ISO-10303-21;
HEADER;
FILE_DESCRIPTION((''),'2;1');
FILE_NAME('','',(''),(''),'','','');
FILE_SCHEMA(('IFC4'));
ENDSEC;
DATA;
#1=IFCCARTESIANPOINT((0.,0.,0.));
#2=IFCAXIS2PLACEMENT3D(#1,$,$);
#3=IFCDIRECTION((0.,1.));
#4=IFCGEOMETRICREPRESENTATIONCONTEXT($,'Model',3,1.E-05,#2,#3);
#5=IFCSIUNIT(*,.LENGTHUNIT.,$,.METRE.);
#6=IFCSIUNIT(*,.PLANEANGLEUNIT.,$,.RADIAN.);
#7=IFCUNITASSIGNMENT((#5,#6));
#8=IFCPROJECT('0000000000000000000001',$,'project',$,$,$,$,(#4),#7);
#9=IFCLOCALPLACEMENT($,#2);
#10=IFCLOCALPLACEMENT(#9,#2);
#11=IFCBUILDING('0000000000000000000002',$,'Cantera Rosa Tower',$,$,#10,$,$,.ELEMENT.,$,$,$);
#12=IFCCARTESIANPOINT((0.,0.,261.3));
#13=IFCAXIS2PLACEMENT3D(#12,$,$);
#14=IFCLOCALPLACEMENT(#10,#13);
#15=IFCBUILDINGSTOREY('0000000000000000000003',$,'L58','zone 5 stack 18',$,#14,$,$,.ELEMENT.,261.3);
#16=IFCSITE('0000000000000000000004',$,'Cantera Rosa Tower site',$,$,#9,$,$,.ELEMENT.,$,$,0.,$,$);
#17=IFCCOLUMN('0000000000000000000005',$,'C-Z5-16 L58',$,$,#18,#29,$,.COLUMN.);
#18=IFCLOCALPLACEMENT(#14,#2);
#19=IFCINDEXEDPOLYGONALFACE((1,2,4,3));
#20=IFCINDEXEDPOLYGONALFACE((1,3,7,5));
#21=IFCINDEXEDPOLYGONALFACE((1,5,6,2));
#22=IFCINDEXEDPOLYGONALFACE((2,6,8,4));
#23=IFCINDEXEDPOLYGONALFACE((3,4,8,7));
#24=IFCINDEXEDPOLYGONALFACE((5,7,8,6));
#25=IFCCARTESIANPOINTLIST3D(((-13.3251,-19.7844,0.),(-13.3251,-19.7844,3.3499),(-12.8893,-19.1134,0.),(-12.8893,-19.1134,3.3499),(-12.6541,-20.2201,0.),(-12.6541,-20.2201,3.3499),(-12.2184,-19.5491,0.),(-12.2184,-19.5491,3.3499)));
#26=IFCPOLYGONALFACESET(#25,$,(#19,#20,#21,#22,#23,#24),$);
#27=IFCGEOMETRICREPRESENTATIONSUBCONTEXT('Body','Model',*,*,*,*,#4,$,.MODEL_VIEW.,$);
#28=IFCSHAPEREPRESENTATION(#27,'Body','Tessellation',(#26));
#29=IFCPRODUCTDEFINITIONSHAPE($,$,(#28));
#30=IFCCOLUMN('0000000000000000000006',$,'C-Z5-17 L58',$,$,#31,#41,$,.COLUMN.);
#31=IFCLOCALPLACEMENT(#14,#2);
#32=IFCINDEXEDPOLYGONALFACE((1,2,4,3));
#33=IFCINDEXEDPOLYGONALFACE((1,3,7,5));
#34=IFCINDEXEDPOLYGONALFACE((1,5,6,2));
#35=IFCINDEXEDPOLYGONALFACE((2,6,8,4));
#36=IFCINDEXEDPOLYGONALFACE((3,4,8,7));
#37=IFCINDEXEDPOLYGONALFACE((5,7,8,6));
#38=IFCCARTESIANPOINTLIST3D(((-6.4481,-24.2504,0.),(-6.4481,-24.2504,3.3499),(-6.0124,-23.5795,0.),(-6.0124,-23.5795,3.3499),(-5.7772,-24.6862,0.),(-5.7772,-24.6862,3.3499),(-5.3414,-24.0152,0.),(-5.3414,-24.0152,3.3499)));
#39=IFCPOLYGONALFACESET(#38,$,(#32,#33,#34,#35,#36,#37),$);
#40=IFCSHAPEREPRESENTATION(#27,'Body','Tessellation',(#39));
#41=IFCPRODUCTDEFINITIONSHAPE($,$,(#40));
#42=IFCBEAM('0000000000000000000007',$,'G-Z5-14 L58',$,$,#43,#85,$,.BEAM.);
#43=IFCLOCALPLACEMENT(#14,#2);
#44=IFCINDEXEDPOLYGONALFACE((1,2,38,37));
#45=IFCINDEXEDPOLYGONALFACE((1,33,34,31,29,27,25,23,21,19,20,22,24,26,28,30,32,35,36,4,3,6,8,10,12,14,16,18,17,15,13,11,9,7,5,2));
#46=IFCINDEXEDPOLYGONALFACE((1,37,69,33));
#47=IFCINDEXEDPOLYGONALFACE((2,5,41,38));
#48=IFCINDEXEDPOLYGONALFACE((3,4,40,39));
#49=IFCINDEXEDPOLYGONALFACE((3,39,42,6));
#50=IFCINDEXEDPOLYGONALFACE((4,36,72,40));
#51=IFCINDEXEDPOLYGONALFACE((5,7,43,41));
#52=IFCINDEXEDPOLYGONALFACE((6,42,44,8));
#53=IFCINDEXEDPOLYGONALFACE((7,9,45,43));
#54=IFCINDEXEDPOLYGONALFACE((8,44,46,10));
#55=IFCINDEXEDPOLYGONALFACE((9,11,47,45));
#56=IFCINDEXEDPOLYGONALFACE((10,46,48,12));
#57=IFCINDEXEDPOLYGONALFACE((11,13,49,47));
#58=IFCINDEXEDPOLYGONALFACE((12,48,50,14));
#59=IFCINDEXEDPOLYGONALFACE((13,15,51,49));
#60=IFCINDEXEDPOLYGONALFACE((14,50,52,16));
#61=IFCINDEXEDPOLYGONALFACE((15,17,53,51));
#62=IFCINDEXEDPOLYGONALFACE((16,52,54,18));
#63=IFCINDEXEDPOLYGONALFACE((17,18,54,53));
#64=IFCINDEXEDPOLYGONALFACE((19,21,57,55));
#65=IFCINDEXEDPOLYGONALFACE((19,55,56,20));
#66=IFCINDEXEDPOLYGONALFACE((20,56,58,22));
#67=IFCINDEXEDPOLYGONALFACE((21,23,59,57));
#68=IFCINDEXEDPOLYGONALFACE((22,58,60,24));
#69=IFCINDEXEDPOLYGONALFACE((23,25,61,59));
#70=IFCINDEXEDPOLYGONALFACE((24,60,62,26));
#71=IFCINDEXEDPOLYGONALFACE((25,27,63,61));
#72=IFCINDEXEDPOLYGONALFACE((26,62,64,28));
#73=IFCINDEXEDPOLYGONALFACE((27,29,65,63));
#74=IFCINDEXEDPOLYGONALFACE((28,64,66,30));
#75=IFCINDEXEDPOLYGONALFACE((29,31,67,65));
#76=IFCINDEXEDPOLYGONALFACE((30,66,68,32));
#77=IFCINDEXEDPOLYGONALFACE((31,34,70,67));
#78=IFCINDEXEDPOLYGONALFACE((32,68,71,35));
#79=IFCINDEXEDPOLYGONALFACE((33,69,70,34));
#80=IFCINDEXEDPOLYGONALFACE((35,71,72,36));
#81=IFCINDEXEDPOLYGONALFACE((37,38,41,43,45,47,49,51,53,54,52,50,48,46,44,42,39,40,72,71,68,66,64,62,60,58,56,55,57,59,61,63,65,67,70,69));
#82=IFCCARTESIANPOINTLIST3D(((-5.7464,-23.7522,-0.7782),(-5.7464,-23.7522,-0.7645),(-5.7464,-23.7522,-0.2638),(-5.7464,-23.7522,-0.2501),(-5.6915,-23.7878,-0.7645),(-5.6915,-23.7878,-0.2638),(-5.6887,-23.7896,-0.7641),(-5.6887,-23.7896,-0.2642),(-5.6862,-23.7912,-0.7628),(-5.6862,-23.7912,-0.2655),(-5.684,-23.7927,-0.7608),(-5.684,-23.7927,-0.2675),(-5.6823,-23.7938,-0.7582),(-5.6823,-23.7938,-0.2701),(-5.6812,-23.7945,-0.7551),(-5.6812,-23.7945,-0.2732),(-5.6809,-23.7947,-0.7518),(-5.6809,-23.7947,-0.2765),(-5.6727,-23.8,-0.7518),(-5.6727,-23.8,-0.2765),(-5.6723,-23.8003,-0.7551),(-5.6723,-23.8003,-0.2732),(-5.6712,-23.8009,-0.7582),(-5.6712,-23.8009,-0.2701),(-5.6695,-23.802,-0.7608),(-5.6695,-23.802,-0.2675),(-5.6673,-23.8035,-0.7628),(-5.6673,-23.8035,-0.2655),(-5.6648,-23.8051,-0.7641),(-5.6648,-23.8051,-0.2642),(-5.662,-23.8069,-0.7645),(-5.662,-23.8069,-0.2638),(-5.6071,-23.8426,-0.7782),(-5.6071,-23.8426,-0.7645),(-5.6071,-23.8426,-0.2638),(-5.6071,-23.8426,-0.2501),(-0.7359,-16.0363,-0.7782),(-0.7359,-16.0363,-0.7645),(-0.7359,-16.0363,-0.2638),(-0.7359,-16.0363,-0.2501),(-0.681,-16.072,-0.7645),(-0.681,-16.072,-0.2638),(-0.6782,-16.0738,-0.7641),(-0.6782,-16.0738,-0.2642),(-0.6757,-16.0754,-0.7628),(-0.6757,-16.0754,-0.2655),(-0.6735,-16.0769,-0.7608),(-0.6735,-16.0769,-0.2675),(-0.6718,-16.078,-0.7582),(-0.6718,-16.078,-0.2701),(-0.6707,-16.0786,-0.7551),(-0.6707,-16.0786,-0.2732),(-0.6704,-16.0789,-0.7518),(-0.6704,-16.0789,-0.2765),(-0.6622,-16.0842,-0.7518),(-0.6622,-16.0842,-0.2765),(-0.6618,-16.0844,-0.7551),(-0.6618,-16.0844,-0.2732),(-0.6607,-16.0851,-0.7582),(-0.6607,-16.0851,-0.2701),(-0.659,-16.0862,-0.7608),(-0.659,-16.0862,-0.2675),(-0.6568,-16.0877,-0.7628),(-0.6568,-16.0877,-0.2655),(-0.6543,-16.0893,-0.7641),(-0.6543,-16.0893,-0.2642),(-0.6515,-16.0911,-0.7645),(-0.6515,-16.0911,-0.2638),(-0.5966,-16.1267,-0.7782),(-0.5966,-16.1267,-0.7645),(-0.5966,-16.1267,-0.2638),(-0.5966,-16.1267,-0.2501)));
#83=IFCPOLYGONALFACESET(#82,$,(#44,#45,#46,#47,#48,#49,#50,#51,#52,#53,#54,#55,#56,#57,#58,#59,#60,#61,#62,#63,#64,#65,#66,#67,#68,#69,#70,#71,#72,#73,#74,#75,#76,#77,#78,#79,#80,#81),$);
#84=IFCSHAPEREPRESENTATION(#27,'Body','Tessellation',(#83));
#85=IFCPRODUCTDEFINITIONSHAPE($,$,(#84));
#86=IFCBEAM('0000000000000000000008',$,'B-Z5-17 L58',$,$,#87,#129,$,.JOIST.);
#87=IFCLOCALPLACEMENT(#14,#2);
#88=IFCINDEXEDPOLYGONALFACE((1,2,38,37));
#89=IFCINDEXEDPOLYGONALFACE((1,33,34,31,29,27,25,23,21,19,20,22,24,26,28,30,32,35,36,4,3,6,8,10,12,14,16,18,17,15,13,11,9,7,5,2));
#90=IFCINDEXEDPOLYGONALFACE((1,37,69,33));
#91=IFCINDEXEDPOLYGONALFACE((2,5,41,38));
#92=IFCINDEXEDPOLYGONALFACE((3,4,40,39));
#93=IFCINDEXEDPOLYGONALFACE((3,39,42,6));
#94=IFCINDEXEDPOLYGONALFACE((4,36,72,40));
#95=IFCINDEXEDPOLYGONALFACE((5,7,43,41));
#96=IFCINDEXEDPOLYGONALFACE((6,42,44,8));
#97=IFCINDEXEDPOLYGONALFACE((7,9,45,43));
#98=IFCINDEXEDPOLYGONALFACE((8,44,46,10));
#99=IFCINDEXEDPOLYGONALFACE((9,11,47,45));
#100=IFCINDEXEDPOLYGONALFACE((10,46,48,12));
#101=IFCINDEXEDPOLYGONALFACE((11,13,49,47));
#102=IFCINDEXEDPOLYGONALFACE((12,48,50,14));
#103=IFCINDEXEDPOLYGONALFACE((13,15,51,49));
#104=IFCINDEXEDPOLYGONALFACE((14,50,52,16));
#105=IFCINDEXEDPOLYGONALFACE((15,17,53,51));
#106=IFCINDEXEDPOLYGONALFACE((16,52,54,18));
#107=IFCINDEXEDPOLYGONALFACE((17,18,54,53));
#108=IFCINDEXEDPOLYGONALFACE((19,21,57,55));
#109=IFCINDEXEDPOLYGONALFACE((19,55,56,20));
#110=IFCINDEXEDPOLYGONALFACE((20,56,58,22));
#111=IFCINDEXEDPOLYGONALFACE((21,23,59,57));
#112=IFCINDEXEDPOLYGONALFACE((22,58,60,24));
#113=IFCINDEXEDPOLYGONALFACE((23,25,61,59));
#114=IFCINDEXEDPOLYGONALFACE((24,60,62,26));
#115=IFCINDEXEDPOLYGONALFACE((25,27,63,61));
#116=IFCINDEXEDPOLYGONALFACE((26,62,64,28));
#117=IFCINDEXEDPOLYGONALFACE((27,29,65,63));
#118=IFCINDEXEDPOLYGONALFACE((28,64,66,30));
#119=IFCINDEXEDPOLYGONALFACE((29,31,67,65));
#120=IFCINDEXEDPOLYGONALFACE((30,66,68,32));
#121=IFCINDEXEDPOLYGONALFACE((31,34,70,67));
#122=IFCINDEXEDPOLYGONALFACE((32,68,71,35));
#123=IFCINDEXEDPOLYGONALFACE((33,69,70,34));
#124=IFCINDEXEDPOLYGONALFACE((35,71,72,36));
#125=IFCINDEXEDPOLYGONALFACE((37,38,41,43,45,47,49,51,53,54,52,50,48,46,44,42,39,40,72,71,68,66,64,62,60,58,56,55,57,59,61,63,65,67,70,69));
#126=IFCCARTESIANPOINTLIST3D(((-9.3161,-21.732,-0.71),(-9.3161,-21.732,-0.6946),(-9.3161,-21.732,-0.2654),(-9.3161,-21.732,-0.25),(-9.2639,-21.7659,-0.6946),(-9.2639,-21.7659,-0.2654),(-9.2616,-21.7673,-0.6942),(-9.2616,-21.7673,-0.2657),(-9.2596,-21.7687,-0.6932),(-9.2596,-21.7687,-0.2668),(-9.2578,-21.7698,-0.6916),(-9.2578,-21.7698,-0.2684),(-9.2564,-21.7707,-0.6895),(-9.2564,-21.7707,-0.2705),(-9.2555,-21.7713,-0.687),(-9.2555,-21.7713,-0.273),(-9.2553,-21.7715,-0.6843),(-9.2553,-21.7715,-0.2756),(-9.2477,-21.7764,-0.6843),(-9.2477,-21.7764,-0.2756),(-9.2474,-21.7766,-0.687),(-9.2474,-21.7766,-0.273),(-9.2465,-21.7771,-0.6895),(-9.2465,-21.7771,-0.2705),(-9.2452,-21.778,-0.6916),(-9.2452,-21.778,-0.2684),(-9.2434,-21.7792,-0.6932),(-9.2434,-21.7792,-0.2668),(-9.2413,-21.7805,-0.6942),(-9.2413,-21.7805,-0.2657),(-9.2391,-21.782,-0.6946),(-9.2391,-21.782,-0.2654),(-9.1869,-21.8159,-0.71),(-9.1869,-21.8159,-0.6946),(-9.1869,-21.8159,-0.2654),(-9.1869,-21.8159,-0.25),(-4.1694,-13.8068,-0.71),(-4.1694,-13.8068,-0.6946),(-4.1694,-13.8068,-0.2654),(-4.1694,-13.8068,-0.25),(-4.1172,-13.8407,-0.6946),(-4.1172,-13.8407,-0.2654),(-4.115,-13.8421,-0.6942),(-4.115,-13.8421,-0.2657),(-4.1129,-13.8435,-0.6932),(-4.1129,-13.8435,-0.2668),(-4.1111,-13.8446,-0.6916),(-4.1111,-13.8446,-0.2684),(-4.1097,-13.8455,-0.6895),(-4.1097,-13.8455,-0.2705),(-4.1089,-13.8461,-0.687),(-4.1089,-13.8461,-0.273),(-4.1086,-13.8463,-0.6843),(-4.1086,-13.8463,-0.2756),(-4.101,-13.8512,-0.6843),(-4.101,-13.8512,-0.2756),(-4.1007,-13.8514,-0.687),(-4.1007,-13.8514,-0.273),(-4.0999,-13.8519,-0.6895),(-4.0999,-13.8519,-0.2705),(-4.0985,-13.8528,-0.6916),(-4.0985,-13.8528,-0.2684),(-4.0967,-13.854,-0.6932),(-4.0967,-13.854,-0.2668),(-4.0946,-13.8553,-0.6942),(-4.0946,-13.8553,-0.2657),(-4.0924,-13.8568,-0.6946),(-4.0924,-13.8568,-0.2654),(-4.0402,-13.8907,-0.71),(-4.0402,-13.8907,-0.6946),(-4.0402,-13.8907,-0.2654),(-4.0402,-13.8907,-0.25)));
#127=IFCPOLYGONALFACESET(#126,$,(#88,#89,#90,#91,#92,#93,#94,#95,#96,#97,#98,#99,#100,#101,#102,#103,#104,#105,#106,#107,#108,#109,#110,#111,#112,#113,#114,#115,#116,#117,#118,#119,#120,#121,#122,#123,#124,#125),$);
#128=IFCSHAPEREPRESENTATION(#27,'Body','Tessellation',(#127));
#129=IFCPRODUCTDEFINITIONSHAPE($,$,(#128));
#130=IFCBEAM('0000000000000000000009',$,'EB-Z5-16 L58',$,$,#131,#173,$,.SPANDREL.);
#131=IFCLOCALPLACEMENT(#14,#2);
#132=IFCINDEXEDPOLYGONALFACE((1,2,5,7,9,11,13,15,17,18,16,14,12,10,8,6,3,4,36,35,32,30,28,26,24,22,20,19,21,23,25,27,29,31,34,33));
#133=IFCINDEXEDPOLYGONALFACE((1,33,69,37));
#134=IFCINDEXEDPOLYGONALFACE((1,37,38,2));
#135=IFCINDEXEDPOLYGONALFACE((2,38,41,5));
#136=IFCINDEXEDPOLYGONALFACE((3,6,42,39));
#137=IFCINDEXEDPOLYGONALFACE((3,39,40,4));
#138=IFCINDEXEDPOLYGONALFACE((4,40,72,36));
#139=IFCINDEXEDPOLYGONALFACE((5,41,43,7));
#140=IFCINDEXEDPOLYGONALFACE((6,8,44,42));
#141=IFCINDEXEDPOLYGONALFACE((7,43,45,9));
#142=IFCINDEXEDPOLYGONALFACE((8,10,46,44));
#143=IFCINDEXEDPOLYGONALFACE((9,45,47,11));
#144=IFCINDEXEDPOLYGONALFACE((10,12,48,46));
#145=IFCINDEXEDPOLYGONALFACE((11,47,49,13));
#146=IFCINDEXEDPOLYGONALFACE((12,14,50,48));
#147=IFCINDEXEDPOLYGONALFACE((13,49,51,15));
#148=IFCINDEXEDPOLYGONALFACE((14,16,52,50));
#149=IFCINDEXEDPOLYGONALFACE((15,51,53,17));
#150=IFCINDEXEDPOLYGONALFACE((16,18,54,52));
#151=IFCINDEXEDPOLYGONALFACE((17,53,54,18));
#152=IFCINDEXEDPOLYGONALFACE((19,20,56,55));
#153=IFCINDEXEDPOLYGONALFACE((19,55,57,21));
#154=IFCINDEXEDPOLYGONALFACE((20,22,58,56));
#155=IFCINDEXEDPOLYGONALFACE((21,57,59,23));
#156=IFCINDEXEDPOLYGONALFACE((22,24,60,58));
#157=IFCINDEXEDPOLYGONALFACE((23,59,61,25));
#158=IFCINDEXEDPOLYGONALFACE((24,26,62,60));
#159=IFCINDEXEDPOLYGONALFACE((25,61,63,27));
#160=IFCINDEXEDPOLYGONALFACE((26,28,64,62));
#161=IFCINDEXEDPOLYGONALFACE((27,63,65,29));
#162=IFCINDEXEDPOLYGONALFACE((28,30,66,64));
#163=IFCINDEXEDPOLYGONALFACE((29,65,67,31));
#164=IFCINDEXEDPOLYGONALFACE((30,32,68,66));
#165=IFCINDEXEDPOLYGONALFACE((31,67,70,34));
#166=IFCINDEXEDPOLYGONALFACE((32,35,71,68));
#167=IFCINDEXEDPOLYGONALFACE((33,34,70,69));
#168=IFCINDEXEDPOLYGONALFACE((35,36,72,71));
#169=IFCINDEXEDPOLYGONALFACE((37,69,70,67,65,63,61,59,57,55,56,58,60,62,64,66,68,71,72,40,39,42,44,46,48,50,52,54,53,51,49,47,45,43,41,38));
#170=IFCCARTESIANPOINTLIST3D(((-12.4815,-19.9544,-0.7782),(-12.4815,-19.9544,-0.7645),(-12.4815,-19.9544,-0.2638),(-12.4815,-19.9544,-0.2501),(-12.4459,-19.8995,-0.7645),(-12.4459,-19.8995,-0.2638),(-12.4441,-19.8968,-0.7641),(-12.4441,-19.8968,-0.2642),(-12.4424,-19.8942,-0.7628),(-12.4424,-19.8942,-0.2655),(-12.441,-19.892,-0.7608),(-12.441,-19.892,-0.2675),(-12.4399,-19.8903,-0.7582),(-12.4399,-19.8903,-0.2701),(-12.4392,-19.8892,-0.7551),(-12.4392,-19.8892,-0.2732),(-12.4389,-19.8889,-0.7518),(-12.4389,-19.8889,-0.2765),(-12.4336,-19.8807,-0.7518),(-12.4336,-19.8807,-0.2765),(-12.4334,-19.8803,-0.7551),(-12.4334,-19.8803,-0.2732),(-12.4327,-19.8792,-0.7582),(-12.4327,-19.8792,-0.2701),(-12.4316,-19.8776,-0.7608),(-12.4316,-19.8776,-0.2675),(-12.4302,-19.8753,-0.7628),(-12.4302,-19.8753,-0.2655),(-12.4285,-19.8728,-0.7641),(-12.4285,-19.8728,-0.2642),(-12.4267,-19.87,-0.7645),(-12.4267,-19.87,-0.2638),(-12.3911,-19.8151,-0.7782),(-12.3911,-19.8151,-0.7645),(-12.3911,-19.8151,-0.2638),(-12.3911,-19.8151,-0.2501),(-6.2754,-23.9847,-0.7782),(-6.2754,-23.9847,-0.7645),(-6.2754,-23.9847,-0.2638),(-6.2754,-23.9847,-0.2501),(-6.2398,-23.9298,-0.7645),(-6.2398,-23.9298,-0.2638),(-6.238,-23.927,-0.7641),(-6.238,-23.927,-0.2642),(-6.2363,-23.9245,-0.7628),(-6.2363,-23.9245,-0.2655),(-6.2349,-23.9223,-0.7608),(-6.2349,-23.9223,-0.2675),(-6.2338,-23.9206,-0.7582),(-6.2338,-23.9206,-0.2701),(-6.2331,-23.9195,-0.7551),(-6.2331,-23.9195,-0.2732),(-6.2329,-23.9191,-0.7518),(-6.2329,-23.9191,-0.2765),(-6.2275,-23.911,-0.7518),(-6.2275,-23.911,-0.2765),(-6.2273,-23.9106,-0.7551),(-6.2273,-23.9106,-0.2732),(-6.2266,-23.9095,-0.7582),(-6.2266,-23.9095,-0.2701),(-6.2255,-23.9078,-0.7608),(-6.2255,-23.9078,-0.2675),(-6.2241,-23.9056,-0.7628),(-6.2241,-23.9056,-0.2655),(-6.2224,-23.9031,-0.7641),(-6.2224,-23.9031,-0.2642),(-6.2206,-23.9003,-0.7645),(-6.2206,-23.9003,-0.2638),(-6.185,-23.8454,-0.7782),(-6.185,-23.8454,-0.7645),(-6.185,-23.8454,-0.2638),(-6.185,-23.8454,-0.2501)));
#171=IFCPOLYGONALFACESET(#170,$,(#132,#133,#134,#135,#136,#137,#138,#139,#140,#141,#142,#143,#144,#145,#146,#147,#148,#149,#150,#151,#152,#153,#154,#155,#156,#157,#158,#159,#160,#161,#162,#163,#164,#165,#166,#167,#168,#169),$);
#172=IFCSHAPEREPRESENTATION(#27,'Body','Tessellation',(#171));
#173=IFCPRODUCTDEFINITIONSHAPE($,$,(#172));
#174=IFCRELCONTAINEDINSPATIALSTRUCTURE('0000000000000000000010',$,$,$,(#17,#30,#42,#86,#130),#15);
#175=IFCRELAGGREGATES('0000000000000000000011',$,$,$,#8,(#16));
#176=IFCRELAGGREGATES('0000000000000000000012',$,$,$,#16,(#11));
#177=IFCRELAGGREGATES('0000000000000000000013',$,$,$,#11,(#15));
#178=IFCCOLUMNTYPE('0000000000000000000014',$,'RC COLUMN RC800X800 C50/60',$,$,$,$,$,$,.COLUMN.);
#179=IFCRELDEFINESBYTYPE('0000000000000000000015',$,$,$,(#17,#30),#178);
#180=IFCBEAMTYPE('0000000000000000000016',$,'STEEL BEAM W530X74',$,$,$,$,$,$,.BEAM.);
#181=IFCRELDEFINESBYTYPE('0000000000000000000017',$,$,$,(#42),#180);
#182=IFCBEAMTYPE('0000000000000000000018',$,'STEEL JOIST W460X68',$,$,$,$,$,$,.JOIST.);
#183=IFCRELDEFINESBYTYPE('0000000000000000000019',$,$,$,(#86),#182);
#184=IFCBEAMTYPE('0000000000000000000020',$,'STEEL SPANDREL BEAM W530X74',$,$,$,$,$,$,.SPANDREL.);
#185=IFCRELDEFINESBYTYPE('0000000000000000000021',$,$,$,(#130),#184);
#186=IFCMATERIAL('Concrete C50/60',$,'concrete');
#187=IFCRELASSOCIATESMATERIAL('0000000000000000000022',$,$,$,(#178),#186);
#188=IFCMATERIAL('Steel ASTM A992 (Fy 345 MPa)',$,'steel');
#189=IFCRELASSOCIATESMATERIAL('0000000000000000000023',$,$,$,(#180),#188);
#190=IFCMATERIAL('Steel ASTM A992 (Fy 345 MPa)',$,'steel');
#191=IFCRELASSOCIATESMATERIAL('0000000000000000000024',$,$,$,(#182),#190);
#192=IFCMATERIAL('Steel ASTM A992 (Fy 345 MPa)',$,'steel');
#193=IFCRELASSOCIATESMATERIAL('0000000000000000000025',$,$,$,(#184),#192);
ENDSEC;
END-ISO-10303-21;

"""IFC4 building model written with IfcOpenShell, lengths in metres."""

from ifc_helpers import new_model, si_unit, direction, frame, origin, origin_2d, place, context, subcontext, project, spatial, rectangle, i_section, extrude, material, material_profile, profile_set, type_object, element, save


model = new_model("IFC4")

# Units and contexts
model_context = context("Model", 3, precision=1e-05, world=origin(), true_north=direction((0.0, 1.0)))
body_context = subcontext(model_context, "Body", "Model", "MODEL_VIEW")
ifc_project = project(units=[si_unit("LENGTHUNIT", "METRE"), si_unit("PLANEANGLEUNIT", "RADIAN")], contexts=[model_context])

# Site, building, storey
site_placement = place(None, origin())
site = spatial("IfcSite", under=ifc_project, at=site_placement, Name="Cantera Rosa Tower site", CompositionType="ELEMENT", RefElevation=0.0)
building_placement = place(site_placement, origin())
building = spatial("IfcBuilding", under=site, at=building_placement, Name="Cantera Rosa Tower", CompositionType="ELEMENT")
storey_placement = place(building_placement, frame((0.0, 0.0, 261.3)))
storey = spatial("IfcBuildingStorey", under=building, at=storey_placement, Name="L58", Description="zone 5 stack 18", CompositionType="ELEMENT", Elevation=261.3)

# Columns
ifc_material_1 = material(Name="Concrete C50/60", Category="concrete")
ifc_material_profile_1 = material_profile(ifc_material_1, rectangle(XDim=0.8, YDim=0.8, at=origin_2d()), Name="RC COLUMN RC800X800 C50/60")
ifc_profile_set_1 = profile_set([ifc_material_profile_1], Name="Concrete C50/60")
column_type = type_object("IfcColumnType", Name="RC COLUMN RC800X800 C50/60", PredefinedType="COLUMN", material=ifc_profile_set_1)
for number, where, z_axis, x_axis, name in (
    (1, (-12.7717, -19.6667, 0.0), (0.0, 0.0, 1.0), (0.544639, 0.838671, 0.0), "C-Z5-16 L58"),
    (2, (-5.8948, -24.1328, 0.0), (0.0, 0.0, 1.0), (0.544639, 0.838671, 0.0), "C-Z5-17 L58"),
):
    element("IfcColumn", number, at=place(storey_placement, frame(where, z_axis=z_axis, x_axis=x_axis)), inside=storey, type_object=column_type, Name=name, PredefinedType="COLUMN", context=body_context, shape_type="SweptSolid", body=[
        extrude(rectangle(XDim=0.8, YDim=0.8, at=origin_2d()), origin(), (0.0, 0.0, 1.0), 3.3499),
    ])

# Beams
ifc_material_2 = material(Name="Steel ASTM A992 (Fy 345 MPa)", Category="steel")
ifc_material_profile_2 = material_profile(ifc_material_2, i_section(OverallWidth=0.166, OverallDepth=0.5281, WebThickness=0.0098, FlangeThickness=0.0137, FilletRadius=0.0127, at=origin_2d()), Name="W530X74")
ifc_profile_set_2 = profile_set([ifc_material_profile_2], Name="Steel ASTM A992 (Fy 345 MPa)")
beam_type_1 = type_object("IfcBeamType", Name="STEEL BEAM W530X74", PredefinedType="BEAM", material=ifc_profile_set_2)
beam_1_placement = place(storey_placement, frame((-5.6768, -23.7974, -0.5142), z_axis=(0.544623, 0.838681, 0.0), x_axis=(-0.838681, 0.544623, 0.0)))
element("IfcBeam", 3, at=beam_1_placement, inside=storey, type_object=beam_type_1, Name="G-Z5-14 L58", PredefinedType="BEAM", context=body_context, shape_type="SweptSolid", body=[
    extrude(i_section(OverallWidth=0.166, OverallDepth=0.5281, WebThickness=0.0098, FlangeThickness=0.0137, FilletRadius=0.0127, at=origin_2d()), origin(), (0.0, 0.0, 1.0), 9.2),
])
ifc_material_3 = material(Name="Steel ASTM A992 (Fy 345 MPa)", Category="steel")
ifc_material_profile_3 = material_profile(ifc_material_3, i_section(OverallWidth=0.1541, OverallDepth=0.46, WebThickness=0.009, FlangeThickness=0.0154, FilletRadius=0.0103, at=origin_2d()), Name="W460X68")
ifc_profile_set_3 = profile_set([ifc_material_profile_3], Name="Steel ASTM A992 (Fy 345 MPa)")
beam_type_2 = type_object("IfcBeamType", Name="STEEL JOIST W460X68", PredefinedType="JOIST", material=ifc_profile_set_3)
beam_2_placement = place(storey_placement, frame((-9.2515, -21.7739, -0.48), z_axis=(0.544638, 0.838671, 0.0), x_axis=(-0.838671, 0.544638, 0.0)))
element("IfcBeam", 4, at=beam_2_placement, inside=storey, type_object=beam_type_2, Name="B-Z5-17 L58", PredefinedType="JOIST", context=body_context, shape_type="SweptSolid", body=[
    extrude(i_section(OverallWidth=0.1541, OverallDepth=0.46, WebThickness=0.009, FlangeThickness=0.0154, FilletRadius=0.0103, at=origin_2d()), origin(), (0.0, 0.0, 1.0), 9.4497),
])
ifc_material_4 = material(Name="Steel ASTM A992 (Fy 345 MPa)", Category="steel")
ifc_material_profile_4 = material_profile(ifc_material_4, i_section(OverallWidth=0.166, OverallDepth=0.5281, WebThickness=0.0098, FlangeThickness=0.0137, FilletRadius=0.0127, at=origin_2d()), Name="W530X74")
ifc_profile_set_4 = profile_set([ifc_material_profile_4], Name="Steel ASTM A992 (Fy 345 MPa)")
beam_type_3 = type_object("IfcBeamType", Name="STEEL SPANDREL BEAM W530X74", PredefinedType="SPANDREL", material=ifc_profile_set_4)
beam_3_placement = place(storey_placement, frame((-12.4363, -19.8848, -0.5142), z_axis=(0.83867, -0.54464, 0.0), x_axis=(0.54464, 0.83867, 0.0)))
element("IfcBeam", 5, at=beam_3_placement, inside=storey, type_object=beam_type_3, Name="EB-Z5-16 L58", PredefinedType="SPANDREL", context=body_context, shape_type="SweptSolid", body=[
    extrude(i_section(OverallWidth=0.166, OverallDepth=0.5281, WebThickness=0.0098, FlangeThickness=0.0137, FilletRadius=0.0127, at=origin_2d()), origin(), (0.0, 0.0, 1.0), 7.3999),
])

save(model, "model.ifc")
